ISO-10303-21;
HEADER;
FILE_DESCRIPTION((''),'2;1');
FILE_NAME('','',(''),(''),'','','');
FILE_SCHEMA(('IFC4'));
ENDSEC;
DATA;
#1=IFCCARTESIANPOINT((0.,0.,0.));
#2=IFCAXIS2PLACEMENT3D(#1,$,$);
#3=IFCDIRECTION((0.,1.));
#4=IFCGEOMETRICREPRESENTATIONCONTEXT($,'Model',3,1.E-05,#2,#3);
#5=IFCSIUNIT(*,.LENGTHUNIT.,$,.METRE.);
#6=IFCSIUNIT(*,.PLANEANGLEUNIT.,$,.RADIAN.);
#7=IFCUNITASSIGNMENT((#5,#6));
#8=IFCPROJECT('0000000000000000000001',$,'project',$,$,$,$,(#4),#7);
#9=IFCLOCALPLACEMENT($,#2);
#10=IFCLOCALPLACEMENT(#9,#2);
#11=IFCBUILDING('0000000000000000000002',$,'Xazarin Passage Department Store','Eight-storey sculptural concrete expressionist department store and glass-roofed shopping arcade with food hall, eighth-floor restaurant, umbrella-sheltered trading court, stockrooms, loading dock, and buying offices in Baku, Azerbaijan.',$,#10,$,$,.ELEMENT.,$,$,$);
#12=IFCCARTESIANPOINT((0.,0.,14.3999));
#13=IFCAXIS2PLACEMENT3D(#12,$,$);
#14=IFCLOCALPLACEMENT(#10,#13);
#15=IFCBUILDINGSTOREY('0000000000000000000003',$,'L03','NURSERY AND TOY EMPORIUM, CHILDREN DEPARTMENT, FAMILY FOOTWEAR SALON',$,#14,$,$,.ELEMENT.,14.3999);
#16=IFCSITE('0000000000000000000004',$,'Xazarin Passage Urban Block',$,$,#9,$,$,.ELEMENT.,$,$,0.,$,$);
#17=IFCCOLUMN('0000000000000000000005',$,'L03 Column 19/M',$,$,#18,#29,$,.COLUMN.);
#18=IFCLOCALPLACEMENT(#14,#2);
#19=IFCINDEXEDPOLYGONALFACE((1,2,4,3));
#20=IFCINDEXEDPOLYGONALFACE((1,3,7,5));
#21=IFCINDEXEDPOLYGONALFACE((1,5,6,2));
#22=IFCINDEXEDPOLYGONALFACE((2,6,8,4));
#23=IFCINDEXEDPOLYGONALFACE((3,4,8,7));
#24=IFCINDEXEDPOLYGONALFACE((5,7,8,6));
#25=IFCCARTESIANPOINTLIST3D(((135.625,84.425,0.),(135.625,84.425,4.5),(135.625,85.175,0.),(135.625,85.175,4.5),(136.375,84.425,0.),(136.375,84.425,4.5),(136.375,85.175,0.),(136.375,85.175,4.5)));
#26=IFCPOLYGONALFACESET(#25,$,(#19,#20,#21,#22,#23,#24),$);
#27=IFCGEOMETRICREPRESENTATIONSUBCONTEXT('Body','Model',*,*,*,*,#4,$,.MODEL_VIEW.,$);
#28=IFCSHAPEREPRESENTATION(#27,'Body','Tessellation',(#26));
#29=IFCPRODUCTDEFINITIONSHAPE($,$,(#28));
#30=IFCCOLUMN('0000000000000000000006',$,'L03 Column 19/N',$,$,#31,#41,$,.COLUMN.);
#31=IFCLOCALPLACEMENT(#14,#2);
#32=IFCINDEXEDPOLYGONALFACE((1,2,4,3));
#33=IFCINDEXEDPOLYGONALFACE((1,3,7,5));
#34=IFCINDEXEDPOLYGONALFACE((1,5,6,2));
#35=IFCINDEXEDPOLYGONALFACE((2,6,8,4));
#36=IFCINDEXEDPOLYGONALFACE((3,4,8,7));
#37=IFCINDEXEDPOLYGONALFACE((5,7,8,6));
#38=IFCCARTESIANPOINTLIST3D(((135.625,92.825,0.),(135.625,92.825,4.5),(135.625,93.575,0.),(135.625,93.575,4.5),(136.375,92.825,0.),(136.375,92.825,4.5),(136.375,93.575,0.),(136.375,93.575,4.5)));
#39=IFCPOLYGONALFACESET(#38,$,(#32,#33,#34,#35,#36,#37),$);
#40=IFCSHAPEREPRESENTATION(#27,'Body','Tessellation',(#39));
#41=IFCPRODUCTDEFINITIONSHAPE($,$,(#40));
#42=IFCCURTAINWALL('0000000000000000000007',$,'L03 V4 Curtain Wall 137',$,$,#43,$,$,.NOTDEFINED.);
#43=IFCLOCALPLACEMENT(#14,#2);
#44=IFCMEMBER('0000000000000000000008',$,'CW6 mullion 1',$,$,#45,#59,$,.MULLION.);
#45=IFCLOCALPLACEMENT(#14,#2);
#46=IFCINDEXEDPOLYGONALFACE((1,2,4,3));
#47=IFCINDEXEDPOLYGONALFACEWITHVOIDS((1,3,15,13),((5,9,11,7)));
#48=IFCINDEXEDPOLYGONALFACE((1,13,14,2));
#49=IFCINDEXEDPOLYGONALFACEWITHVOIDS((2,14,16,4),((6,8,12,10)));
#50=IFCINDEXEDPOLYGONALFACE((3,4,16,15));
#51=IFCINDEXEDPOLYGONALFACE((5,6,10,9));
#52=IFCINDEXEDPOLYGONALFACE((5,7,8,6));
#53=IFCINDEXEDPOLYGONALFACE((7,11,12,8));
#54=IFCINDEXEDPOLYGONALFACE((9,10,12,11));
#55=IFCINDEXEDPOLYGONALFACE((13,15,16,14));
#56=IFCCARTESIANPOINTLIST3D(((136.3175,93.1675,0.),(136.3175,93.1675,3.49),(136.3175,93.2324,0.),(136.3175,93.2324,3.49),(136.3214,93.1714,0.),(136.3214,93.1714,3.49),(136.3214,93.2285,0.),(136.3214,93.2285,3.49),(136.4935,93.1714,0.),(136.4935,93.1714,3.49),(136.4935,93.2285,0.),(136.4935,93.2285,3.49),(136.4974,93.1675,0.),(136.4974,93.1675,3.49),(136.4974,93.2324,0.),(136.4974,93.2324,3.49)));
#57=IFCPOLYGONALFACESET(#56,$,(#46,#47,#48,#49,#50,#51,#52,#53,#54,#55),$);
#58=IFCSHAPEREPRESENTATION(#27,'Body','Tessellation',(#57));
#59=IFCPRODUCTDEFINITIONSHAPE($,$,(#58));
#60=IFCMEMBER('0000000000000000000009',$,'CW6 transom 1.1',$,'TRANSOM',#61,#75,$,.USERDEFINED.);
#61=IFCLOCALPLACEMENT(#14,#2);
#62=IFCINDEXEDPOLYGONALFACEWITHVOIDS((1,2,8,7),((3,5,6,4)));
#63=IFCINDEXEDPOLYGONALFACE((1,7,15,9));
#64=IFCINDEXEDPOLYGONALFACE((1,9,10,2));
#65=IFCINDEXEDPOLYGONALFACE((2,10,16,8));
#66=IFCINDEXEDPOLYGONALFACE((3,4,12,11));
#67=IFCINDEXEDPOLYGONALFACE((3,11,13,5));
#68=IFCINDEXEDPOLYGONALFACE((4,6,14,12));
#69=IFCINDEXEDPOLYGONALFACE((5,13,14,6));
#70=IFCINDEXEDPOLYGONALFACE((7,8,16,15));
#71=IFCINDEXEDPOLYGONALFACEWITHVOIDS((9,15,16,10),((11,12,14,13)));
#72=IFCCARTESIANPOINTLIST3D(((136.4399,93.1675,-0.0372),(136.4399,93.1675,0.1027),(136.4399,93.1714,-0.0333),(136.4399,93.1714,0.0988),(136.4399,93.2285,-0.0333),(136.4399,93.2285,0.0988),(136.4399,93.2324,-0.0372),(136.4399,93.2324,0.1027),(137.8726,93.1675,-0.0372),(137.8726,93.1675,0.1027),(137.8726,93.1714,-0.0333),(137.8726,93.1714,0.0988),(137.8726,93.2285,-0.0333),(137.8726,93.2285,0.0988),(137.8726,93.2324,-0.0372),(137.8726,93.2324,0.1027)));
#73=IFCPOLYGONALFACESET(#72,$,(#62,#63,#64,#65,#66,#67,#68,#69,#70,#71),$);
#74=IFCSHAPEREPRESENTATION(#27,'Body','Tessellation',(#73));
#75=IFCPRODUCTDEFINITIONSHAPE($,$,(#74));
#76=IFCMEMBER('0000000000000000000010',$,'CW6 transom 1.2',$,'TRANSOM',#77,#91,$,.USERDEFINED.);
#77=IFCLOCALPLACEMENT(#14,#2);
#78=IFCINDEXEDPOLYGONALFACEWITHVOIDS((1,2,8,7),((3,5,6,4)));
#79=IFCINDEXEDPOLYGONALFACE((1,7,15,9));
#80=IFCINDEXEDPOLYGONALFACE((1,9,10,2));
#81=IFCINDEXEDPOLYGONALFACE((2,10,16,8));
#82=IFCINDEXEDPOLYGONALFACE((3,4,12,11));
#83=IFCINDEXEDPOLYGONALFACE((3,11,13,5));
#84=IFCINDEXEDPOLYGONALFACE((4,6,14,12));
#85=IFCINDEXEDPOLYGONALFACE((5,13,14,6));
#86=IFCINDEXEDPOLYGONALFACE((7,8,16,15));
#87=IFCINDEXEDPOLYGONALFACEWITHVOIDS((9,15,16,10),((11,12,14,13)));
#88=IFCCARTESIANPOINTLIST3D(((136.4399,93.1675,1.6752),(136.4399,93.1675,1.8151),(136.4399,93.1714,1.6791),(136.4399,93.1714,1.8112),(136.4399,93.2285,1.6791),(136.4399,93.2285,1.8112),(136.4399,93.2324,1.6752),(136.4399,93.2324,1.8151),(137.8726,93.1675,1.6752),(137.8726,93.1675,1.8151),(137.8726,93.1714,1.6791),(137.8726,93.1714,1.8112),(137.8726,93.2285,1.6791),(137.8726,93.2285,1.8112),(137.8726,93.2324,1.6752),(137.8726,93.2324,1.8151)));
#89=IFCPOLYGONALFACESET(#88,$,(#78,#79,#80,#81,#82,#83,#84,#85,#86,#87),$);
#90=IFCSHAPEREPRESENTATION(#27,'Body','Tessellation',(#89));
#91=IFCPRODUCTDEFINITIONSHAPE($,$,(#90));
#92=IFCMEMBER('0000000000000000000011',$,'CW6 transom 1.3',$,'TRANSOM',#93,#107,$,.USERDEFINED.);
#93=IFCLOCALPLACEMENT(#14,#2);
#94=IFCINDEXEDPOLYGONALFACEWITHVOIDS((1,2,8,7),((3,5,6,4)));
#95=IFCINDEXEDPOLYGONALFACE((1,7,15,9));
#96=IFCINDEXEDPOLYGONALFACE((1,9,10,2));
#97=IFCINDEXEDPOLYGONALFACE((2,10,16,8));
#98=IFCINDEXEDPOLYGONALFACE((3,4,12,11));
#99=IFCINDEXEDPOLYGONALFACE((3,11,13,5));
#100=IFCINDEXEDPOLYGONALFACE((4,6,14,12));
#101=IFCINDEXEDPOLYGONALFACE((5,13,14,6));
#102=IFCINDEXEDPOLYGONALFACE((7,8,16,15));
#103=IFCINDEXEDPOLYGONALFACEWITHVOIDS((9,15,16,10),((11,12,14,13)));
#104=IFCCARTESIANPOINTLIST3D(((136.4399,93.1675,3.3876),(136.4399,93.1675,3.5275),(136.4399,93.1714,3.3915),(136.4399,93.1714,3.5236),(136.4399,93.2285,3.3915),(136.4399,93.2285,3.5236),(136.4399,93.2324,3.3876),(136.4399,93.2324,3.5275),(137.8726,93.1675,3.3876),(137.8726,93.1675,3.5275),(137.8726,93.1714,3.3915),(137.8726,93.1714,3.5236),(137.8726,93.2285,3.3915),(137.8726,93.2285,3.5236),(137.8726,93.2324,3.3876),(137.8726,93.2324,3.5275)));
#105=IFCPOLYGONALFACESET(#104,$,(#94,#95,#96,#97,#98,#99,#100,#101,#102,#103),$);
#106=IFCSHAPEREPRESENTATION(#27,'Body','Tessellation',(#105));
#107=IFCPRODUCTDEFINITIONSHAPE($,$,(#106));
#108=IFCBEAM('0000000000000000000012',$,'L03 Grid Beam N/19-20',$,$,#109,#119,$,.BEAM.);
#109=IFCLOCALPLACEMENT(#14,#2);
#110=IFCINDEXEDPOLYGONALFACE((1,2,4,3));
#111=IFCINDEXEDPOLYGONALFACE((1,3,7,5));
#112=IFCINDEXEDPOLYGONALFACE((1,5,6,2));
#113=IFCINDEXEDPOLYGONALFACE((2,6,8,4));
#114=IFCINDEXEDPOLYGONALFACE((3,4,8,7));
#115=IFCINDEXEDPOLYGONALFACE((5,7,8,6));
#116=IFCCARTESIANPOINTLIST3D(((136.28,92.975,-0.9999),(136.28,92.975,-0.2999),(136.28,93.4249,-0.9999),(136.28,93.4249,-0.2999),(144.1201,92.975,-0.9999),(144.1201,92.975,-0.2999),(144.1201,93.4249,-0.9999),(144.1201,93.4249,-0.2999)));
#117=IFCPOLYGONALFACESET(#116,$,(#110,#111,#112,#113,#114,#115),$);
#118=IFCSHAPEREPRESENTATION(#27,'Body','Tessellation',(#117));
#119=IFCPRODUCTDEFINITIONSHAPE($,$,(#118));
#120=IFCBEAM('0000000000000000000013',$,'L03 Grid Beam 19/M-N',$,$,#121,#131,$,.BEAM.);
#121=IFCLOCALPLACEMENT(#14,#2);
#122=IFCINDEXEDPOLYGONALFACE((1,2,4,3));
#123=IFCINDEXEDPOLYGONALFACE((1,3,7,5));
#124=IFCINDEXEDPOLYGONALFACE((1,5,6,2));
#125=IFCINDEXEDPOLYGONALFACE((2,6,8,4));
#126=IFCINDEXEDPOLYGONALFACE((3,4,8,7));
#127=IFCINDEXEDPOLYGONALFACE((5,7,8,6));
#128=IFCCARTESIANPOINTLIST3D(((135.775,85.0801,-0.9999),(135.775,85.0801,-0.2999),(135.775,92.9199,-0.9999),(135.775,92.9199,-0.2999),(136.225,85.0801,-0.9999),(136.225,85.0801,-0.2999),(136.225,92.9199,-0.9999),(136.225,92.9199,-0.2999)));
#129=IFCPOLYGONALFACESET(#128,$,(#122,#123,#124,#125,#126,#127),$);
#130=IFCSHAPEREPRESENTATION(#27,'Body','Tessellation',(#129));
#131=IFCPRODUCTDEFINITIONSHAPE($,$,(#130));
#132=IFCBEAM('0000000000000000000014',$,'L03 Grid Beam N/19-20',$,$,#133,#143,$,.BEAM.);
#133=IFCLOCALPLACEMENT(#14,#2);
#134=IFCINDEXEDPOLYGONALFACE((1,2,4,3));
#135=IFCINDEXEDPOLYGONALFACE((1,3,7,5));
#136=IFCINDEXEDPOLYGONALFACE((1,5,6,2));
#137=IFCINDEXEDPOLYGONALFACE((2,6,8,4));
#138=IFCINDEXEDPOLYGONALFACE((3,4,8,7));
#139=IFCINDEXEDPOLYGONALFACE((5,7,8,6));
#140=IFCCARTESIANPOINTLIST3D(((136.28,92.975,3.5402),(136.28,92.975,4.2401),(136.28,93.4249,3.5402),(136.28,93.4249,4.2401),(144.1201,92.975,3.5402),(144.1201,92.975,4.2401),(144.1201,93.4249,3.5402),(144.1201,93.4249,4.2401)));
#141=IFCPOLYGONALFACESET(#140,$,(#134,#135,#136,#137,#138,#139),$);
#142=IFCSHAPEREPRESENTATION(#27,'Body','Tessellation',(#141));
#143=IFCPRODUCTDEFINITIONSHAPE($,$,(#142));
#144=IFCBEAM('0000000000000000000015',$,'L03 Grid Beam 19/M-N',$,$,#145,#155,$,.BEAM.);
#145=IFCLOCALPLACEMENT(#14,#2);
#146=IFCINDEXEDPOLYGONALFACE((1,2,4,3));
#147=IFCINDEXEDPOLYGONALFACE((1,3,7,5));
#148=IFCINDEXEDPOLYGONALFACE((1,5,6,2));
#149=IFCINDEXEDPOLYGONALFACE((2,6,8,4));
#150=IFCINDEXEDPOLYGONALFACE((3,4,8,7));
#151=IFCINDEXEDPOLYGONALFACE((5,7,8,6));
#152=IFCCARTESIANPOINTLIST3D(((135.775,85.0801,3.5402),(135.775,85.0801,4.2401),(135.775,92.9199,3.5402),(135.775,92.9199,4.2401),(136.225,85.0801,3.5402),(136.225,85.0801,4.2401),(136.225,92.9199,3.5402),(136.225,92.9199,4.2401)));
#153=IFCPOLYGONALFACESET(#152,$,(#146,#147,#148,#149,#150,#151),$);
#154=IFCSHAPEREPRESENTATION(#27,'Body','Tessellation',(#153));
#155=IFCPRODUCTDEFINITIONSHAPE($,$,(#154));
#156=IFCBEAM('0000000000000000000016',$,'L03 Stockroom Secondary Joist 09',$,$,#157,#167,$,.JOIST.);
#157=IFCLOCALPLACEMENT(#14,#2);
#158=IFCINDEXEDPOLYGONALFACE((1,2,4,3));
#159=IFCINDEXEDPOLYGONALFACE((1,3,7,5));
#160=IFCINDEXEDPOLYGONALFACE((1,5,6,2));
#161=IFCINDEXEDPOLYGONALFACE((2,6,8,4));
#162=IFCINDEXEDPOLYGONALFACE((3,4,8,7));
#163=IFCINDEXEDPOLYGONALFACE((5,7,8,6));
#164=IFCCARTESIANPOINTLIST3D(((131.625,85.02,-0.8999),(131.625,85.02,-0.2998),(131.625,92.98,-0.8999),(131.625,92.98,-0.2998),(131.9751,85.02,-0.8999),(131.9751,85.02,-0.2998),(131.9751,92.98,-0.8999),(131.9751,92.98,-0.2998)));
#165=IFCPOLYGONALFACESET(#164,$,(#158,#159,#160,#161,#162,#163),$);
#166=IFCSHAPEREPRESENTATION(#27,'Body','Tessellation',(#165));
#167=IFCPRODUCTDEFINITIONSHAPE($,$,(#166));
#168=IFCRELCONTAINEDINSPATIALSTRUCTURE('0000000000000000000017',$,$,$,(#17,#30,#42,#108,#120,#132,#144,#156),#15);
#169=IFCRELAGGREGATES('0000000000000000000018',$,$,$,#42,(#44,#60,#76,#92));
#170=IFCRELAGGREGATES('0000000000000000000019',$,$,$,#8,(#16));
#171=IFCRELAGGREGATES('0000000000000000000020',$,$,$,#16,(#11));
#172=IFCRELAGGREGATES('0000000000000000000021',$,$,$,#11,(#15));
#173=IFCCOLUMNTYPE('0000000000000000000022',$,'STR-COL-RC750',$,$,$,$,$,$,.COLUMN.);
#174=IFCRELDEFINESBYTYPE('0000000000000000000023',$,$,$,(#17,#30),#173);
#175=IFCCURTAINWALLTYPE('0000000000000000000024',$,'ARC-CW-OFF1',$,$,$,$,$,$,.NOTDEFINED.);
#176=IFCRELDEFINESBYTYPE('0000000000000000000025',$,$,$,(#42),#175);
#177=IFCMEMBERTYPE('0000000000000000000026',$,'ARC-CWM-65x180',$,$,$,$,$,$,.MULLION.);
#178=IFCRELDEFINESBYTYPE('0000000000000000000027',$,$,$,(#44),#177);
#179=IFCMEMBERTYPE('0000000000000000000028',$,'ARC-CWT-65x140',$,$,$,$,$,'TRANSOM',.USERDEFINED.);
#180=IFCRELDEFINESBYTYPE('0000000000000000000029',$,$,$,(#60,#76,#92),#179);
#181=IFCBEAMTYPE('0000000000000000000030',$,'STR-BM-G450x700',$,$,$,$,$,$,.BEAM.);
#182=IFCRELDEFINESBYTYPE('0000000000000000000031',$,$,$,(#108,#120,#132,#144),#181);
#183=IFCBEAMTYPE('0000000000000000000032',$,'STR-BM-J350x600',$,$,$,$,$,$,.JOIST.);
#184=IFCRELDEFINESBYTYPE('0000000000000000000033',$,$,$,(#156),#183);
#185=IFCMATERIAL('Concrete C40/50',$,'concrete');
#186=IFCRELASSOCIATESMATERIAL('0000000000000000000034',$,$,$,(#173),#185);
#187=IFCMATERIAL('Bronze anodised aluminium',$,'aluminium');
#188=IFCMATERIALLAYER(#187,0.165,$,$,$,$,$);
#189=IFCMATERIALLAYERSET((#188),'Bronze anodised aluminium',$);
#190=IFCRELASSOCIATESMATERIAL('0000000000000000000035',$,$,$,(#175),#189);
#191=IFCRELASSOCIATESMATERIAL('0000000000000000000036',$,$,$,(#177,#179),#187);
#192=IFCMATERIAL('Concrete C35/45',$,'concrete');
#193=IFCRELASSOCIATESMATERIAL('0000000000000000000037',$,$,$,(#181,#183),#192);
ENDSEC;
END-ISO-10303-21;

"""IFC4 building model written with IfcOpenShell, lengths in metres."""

from ifc_helpers import new_model, si_unit, direction, frame, origin, origin_2d, place, context, subcontext, project, spatial, rectangle, hollow_rectangle, extrude, material, layer, layer_set, material_profile, profile_set, type_object, element, aggregate, save


model = new_model("IFC4")

# Units and contexts
model_context = context("Model", 3, precision=1e-05, world=origin(), true_north=direction((0.0, 1.0)))
body_context = subcontext(model_context, "Body", "Model", "MODEL_VIEW")
ifc_project = project(units=[si_unit("LENGTHUNIT", "METRE"), si_unit("PLANEANGLEUNIT", "RADIAN")], contexts=[model_context])

# Site, building, storey
site_placement = place(None, origin())
site = spatial("IfcSite", under=ifc_project, at=site_placement, Name="Xazarin Passage Urban Block", CompositionType="ELEMENT", RefElevation=0.0)
building_placement = place(site_placement, origin())
building = spatial("IfcBuilding", under=site, at=building_placement, Name="Xazarin Passage Department Store", Description="Eight-storey sculptural concrete expressionist department store and glass-roofed shopping arcade with food hall, eighth-floor restaurant, umbrella-sheltered trading court, stockrooms, loading dock, and buying offices in Baku, Azerbaijan.", CompositionType="ELEMENT")
storey_placement = place(building_placement, frame((0.0, 0.0, 14.3999)))
storey = spatial("IfcBuildingStorey", under=building, at=storey_placement, Name="L03", Description="NURSERY AND TOY EMPORIUM, CHILDREN DEPARTMENT, FAMILY FOOTWEAR SALON", CompositionType="ELEMENT", Elevation=14.3999)

# Columns
ifc_material_1 = material(Name="Concrete C40/50", Category="concrete")
ifc_material_profile_1 = material_profile(ifc_material_1, rectangle(XDim=0.75, YDim=0.75, at=origin_2d()), Name="RC 750x750")
ifc_profile_set_1 = profile_set([ifc_material_profile_1], Name="Concrete C40/50")
column_type = type_object("IfcColumnType", Name="STR-COL-RC750", PredefinedType="COLUMN", material=ifc_profile_set_1)
for number, where, z_axis, x_axis, name in (
    (1, (136.0, 84.8, 0.0), (0.0, 0.0, 1.0), (1.0, 0.0, 0.0), "L03 Column 19/M"),
    (2, (136.0, 93.2, 0.0), (0.0, 0.0, 1.0), (1.0, 0.0, 0.0), "L03 Column 19/N"),
):
    element("IfcColumn", number, at=place(storey_placement, frame(where, z_axis=z_axis, x_axis=x_axis)), inside=storey, type_object=column_type, Name=name, PredefinedType="COLUMN", context=body_context, shape_type="SweptSolid", body=[
        extrude(rectangle(XDim=0.75, YDim=0.75, at=origin_2d()), origin(), (0.0, 0.0, 1.0), 4.5),
    ])

# Curtain wall, members
ifc_material_2 = material(Name="Bronze anodised aluminium", Category="aluminium")
ifc_layer_1 = layer(ifc_material_2, 0.165)
ifc_layer_set_1 = layer_set([ifc_layer_1], Name="Bronze anodised aluminium")
curtain_wall_type = type_object("IfcCurtainWallType", Name="ARC-CW-OFF1", PredefinedType="NOTDEFINED", material=ifc_layer_set_1)
curtain_wall_placement = place(storey_placement, origin())
curtain_wall = element("IfcCurtainWall", 3, at=curtain_wall_placement, inside=storey, type_object=curtain_wall_type, Name="L03 V4 Curtain Wall 137", PredefinedType="NOTDEFINED")
ifc_material_profile_2 = material_profile(ifc_material_2, hollow_rectangle(XDim=0.0649, YDim=0.1799, WallThickness=0.0039, at=origin_2d()), Name="ALU 65x180")
ifc_profile_set_2 = profile_set([ifc_material_profile_2], Name="Bronze anodised aluminium")
member_type_1 = type_object("IfcMemberType", Name="ARC-CWM-65x180", PredefinedType="MULLION", material=ifc_profile_set_2)
member_1_placement = place(storey_placement, frame((136.4075, 93.2, 0.0), z_axis=(0.0, 0.0, 1.0), x_axis=(0.0, 1.0, 0.0)))
member_1 = element("IfcMember", 4, at=member_1_placement, type_object=member_type_1, Name="CW6 mullion 1", PredefinedType="MULLION", context=body_context, shape_type="SweptSolid", body=[
    extrude(hollow_rectangle(XDim=0.0649, YDim=0.1799, WallThickness=0.0039, at=origin_2d()), origin(), (0.0, 0.0, 1.0), 3.49),
])
ifc_material_profile_3 = material_profile(ifc_material_2, hollow_rectangle(XDim=0.0649, YDim=0.1399, WallThickness=0.0039, at=origin_2d()), Name="ALU 65x140")
ifc_profile_set_3 = profile_set([ifc_material_profile_3], Name="Bronze anodised aluminium")
member_type_2 = type_object("IfcMemberType", Name="ARC-CWT-65x140", ElementType="TRANSOM", PredefinedType="USERDEFINED", material=ifc_profile_set_3)
member_2_placement = place(storey_placement, frame((136.4399, 93.2, 0.0327), z_axis=(1.0, 0.0, 0.0), x_axis=(0.0, 1.0, 0.0)))
member_2 = element("IfcMember", 5, at=member_2_placement, type_object=member_type_2, Name="CW6 transom 1.1", ObjectType="TRANSOM", PredefinedType="USERDEFINED", context=body_context, shape_type="SweptSolid", body=[
    extrude(hollow_rectangle(XDim=0.0649, YDim=0.1399, WallThickness=0.0039, at=origin_2d()), origin(), (0.0, 0.0, 1.0), 1.4326),
])
member_3_placement = place(storey_placement, frame((136.4399, 93.2, 1.7451), z_axis=(1.0, 0.0, 0.0), x_axis=(0.0, 1.0, 0.0)))
member_3 = element("IfcMember", 6, at=member_3_placement, type_object=member_type_2, Name="CW6 transom 1.2", ObjectType="TRANSOM", PredefinedType="USERDEFINED", context=body_context, shape_type="SweptSolid", body=[
    extrude(hollow_rectangle(XDim=0.0649, YDim=0.1399, WallThickness=0.0039, at=origin_2d()), origin(), (0.0, 0.0, 1.0), 1.4326),
])
member_4_placement = place(storey_placement, frame((136.4399, 93.2, 3.4575), z_axis=(1.0, 0.0, 0.0), x_axis=(0.0, 1.0, 0.0)))
member_4 = element("IfcMember", 7, at=member_4_placement, type_object=member_type_2, Name="CW6 transom 1.3", ObjectType="TRANSOM", PredefinedType="USERDEFINED", context=body_context, shape_type="SweptSolid", body=[
    extrude(hollow_rectangle(XDim=0.0649, YDim=0.1399, WallThickness=0.0039, at=origin_2d()), origin(), (0.0, 0.0, 1.0), 1.4326),
])
aggregate(curtain_wall, [member_1, member_2, member_3, member_4])

# Beams
ifc_material_3 = material(Name="Concrete C35/45", Category="concrete")
ifc_material_profile_4 = material_profile(ifc_material_3, rectangle(XDim=0.45, YDim=0.7, at=origin_2d()), Name="RC 450x700")
ifc_profile_set_4 = profile_set([ifc_material_profile_4], Name="Concrete C35/45")
beam_type_1 = type_object("IfcBeamType", Name="STR-BM-G450x700", PredefinedType="BEAM", material=ifc_profile_set_4)
beam_1_placement = place(storey_placement, frame((136.28, 93.2, -0.6499), z_axis=(1.0, 0.0, 0.0), x_axis=(0.0, 1.0, 0.0)))
element("IfcBeam", 8, at=beam_1_placement, inside=storey, type_object=beam_type_1, Name="L03 Grid Beam N/19-20", PredefinedType="BEAM", context=body_context, shape_type="SweptSolid", body=[
    extrude(rectangle(XDim=0.45, YDim=0.7, at=origin_2d()), origin(), (0.0, 0.0, 1.0), 7.8401),
])
beam_2_placement = place(storey_placement, frame((136.0, 85.0801, -0.6499), z_axis=(0.0, 1.0, 0.0), x_axis=(-1.0, 0.0, 0.0)))
element("IfcBeam", 9, at=beam_2_placement, inside=storey, type_object=beam_type_1, Name="L03 Grid Beam 19/M-N", PredefinedType="BEAM", context=body_context, shape_type="SweptSolid", body=[
    extrude(rectangle(XDim=0.45, YDim=0.7, at=origin_2d()), origin(), (0.0, 0.0, 1.0), 7.8398),
])
beam_3_placement = place(storey_placement, frame((136.28, 93.2, 3.8901), z_axis=(1.0, 0.0, 0.0), x_axis=(0.0, 1.0, 0.0)))
element("IfcBeam", 10, at=beam_3_placement, inside=storey, type_object=beam_type_1, Name="L03 Grid Beam N/19-20", PredefinedType="BEAM", context=body_context, shape_type="SweptSolid", body=[
    extrude(rectangle(XDim=0.45, YDim=0.7, at=origin_2d()), origin(), (0.0, 0.0, 1.0), 7.8401),
])
beam_4_placement = place(storey_placement, frame((136.0, 85.0801, 3.8901), z_axis=(0.0, 1.0, 0.0), x_axis=(-1.0, 0.0, 0.0)))
element("IfcBeam", 11, at=beam_4_placement, inside=storey, type_object=beam_type_1, Name="L03 Grid Beam 19/M-N", PredefinedType="BEAM", context=body_context, shape_type="SweptSolid", body=[
    extrude(rectangle(XDim=0.45, YDim=0.7, at=origin_2d()), origin(), (0.0, 0.0, 1.0), 7.8398),
])
ifc_material_profile_5 = material_profile(ifc_material_3, rectangle(XDim=0.3501, YDim=0.6001, at=origin_2d()), Name="RC 350x600")
ifc_profile_set_5 = profile_set([ifc_material_profile_5], Name="Concrete C35/45")
beam_type_2 = type_object("IfcBeamType", Name="STR-BM-J350x600", PredefinedType="JOIST", material=ifc_profile_set_5)
beam_5_placement = place(storey_placement, frame((131.8, 85.02, -0.5999), z_axis=(0.0, 1.0, 0.0), x_axis=(-1.0, 0.0, 0.0)))
element("IfcBeam", 12, at=beam_5_placement, inside=storey, type_object=beam_type_2, Name="L03 Stockroom Secondary Joist 09", PredefinedType="JOIST", context=body_context, shape_type="SweptSolid", body=[
    extrude(rectangle(XDim=0.3501, YDim=0.6001, at=origin_2d()), origin(), (0.0, 0.0, 1.0), 7.96),
])

save(model, "model.ifc")
